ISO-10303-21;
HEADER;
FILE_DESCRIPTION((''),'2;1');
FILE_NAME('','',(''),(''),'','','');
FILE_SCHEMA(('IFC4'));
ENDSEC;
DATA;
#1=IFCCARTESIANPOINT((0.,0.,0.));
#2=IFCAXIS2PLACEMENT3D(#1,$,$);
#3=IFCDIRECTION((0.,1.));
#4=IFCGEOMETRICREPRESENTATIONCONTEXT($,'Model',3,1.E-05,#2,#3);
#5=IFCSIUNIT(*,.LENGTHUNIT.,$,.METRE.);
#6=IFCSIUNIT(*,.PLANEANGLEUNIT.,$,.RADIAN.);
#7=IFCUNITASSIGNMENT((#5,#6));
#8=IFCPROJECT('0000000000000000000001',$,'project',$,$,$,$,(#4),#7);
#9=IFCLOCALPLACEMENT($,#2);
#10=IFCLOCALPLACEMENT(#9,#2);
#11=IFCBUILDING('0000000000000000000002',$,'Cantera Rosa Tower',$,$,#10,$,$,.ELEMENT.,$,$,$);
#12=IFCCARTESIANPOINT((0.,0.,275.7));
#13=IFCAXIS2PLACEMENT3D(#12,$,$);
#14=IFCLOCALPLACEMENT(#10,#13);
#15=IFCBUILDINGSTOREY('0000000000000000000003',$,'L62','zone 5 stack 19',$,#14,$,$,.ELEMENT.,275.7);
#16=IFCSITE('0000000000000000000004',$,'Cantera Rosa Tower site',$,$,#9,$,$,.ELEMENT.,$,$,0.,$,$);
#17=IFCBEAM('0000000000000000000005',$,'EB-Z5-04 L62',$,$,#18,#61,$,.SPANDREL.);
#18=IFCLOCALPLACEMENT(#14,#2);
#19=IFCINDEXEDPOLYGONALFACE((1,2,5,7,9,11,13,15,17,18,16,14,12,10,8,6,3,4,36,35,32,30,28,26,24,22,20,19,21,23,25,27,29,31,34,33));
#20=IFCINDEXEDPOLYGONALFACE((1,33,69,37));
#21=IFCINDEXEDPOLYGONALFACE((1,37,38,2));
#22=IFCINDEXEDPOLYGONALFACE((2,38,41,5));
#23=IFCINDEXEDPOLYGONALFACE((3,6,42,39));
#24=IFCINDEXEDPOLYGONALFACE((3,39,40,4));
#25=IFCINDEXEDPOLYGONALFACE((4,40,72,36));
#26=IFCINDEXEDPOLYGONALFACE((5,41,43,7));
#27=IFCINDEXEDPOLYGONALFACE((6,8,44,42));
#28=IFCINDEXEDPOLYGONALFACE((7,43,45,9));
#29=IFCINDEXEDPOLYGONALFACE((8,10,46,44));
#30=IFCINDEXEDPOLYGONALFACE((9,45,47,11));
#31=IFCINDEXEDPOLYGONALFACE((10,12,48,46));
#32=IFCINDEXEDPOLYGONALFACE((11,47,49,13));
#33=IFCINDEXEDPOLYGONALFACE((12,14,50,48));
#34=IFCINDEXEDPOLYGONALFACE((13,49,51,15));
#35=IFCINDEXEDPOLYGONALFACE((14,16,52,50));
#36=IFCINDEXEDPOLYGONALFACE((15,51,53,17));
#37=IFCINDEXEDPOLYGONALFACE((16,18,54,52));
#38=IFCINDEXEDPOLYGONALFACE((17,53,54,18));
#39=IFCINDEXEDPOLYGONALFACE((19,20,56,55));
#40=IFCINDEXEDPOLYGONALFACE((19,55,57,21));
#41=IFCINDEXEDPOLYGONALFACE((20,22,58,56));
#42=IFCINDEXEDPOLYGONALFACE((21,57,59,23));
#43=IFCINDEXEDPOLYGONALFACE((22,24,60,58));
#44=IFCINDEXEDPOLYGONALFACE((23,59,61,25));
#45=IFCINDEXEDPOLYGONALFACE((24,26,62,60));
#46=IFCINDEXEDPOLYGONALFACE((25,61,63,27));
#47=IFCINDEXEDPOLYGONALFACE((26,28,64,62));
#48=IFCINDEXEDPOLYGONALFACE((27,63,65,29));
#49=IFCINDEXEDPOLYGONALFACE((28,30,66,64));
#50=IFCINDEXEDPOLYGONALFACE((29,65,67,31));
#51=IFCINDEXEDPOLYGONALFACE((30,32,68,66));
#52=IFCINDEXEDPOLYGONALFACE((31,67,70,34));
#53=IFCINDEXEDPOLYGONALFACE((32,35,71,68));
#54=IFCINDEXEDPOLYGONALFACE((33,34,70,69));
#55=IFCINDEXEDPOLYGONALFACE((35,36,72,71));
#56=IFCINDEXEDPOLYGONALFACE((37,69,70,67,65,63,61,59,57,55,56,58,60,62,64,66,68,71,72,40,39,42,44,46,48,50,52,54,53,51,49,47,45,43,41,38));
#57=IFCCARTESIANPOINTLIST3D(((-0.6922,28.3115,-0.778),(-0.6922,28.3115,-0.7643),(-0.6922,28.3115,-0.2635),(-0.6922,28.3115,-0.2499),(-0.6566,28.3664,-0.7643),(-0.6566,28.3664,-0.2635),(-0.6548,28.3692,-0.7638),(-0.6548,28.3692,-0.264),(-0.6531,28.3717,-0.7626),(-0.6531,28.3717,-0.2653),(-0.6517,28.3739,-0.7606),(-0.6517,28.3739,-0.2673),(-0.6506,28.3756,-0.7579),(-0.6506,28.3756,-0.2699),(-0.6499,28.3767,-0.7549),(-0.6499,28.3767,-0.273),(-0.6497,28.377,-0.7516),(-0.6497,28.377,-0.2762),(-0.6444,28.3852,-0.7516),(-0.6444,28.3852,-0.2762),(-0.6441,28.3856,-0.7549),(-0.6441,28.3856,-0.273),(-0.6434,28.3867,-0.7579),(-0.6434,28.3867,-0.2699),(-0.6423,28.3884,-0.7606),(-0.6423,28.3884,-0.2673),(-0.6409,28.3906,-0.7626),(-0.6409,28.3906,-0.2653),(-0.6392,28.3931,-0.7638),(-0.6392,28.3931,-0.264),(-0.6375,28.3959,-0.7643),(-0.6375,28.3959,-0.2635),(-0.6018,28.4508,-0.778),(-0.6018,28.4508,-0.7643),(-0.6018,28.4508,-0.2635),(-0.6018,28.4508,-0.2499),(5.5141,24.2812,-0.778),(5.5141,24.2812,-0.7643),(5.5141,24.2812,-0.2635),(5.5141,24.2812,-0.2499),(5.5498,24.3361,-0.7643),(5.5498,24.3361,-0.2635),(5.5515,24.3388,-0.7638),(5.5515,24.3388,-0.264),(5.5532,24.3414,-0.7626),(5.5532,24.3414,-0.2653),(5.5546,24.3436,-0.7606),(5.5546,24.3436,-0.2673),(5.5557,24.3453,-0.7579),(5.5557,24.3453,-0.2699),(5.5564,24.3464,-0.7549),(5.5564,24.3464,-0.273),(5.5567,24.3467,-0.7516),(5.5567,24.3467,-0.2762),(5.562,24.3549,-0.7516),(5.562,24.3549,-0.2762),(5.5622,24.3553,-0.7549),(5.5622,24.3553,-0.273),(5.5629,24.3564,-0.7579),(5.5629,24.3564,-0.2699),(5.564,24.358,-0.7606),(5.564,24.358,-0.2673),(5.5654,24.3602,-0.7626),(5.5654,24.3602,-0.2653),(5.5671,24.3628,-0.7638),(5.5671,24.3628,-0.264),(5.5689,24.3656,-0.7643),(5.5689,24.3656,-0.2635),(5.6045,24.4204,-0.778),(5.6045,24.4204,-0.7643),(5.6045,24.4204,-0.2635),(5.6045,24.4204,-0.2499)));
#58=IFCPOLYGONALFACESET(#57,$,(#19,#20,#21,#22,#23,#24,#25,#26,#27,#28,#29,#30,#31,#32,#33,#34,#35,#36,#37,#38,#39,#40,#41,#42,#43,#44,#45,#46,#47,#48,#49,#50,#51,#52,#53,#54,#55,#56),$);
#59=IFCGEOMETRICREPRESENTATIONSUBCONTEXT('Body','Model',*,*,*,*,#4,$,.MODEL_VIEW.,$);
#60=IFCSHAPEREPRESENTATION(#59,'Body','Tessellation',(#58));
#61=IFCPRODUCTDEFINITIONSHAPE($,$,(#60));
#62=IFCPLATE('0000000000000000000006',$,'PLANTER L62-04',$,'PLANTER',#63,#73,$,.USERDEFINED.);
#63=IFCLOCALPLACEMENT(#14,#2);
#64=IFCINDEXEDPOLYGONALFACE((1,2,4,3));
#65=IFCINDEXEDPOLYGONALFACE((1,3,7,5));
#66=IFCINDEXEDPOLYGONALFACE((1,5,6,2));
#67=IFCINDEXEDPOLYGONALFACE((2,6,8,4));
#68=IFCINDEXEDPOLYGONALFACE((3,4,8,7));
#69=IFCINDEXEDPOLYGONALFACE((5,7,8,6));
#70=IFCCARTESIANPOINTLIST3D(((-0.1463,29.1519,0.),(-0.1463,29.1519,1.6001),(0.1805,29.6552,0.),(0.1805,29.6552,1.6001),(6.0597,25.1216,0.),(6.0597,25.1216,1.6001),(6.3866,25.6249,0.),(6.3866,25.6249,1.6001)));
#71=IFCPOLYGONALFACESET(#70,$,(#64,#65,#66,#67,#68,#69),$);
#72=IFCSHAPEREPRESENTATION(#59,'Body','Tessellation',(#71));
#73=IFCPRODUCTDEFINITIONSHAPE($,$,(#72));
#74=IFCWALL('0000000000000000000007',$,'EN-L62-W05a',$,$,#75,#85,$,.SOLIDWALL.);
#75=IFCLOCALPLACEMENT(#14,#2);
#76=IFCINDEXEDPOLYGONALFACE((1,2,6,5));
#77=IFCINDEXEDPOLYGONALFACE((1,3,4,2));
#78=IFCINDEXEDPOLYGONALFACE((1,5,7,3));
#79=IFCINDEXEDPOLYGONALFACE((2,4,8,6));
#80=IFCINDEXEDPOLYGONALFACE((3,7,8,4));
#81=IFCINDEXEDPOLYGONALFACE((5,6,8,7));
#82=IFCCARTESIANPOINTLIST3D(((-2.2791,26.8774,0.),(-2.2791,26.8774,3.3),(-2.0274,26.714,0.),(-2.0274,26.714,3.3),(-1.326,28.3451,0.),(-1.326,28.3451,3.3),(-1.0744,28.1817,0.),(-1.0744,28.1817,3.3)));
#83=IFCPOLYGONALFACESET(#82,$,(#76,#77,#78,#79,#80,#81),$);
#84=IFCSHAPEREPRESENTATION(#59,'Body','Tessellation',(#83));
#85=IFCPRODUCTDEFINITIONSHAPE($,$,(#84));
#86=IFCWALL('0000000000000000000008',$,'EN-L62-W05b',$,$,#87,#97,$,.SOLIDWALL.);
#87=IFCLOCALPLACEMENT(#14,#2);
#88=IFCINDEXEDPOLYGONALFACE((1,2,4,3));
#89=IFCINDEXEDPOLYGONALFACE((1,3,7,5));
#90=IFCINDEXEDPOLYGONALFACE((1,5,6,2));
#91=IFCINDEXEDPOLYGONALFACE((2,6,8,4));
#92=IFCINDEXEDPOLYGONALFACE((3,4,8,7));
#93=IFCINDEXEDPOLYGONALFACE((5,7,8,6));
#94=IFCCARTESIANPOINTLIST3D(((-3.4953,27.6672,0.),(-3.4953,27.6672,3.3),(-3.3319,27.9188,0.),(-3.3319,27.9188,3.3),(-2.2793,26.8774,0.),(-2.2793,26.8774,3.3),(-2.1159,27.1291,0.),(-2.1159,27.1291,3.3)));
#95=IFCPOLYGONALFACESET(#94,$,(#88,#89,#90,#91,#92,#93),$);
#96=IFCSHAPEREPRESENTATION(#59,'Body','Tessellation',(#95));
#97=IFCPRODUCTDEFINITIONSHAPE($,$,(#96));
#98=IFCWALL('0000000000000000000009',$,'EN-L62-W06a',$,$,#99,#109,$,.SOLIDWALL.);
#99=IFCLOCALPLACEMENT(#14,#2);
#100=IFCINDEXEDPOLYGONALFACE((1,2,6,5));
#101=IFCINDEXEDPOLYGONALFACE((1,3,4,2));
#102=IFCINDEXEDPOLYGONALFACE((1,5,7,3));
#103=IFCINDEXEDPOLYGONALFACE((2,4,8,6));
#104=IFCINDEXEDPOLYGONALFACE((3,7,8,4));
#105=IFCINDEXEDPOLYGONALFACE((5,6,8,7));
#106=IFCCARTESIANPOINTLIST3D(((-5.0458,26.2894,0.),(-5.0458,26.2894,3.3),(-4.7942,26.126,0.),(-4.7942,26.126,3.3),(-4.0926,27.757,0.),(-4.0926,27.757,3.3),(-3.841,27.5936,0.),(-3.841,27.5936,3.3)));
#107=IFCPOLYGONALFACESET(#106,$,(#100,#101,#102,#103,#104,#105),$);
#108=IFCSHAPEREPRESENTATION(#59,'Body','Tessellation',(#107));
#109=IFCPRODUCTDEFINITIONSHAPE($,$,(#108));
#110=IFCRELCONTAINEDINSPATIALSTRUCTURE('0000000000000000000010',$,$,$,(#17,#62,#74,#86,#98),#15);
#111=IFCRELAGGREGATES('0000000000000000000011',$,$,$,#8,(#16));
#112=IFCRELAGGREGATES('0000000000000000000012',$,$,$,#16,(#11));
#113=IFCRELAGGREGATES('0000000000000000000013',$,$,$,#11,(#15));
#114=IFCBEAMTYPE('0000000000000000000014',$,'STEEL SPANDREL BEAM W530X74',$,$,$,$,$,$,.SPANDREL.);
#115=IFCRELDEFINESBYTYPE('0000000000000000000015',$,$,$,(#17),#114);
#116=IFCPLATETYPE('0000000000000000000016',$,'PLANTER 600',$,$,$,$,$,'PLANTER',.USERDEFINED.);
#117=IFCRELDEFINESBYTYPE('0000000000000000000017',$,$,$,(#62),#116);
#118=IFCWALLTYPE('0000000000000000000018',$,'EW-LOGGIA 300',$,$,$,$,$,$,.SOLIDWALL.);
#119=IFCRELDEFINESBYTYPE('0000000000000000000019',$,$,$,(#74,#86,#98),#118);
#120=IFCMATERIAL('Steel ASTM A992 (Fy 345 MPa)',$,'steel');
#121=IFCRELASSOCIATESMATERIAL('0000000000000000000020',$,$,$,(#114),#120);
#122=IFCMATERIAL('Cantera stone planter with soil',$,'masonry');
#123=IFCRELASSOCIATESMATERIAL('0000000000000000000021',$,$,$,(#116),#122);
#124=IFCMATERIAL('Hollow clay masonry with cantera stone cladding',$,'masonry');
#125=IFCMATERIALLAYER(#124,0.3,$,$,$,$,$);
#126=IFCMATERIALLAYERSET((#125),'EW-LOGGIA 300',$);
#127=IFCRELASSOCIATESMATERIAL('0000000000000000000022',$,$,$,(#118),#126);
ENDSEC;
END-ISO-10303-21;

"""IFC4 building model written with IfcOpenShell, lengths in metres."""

from ifc_helpers import new_model, si_unit, direction, frame, frame_2d, origin, origin_2d, place, context, subcontext, project, spatial, rectangle, i_section, extrude, material, layer, layer_set, material_profile, profile_set, type_object, element, save


model = new_model("IFC4")

# Units and contexts
model_context = context("Model", 3, precision=1e-05, world=origin(), true_north=direction((0.0, 1.0)))
body_context = subcontext(model_context, "Body", "Model", "MODEL_VIEW")
ifc_project = project(units=[si_unit("LENGTHUNIT", "METRE"), si_unit("PLANEANGLEUNIT", "RADIAN")], contexts=[model_context])

# Site, building, storey
site_placement = place(None, origin())
site = spatial("IfcSite", under=ifc_project, at=site_placement, Name="Cantera Rosa Tower site", CompositionType="ELEMENT", RefElevation=0.0)
building_placement = place(site_placement, origin())
building = spatial("IfcBuilding", under=site, at=building_placement, Name="Cantera Rosa Tower", CompositionType="ELEMENT")
storey_placement = place(building_placement, frame((0.0, 0.0, 275.7)))
storey = spatial("IfcBuildingStorey", under=building, at=storey_placement, Name="L62", Description="zone 5 stack 19", CompositionType="ELEMENT", Elevation=275.7)

# Beam
ifc_material_1 = material(Name="Steel ASTM A992 (Fy 345 MPa)", Category="steel")
ifc_material_profile_1 = material_profile(ifc_material_1, i_section(OverallWidth=0.166, OverallDepth=0.5281, WebThickness=0.0098, FlangeThickness=0.0137, FilletRadius=0.0127, at=origin_2d()), Name="W530X74")
ifc_profile_set_1 = profile_set([ifc_material_profile_1], Name="Steel ASTM A992 (Fy 345 MPa)")
beam_type_1 = type_object("IfcBeamType", Name="STEEL SPANDREL BEAM W530X74", PredefinedType="SPANDREL", material=ifc_profile_set_1)
beam_1_placement = place(storey_placement, frame((5.5593, 24.3508, -0.5139), z_axis=(-0.838679, 0.544625, 0.0), x_axis=(-0.544625, -0.838679, 0.0)))
element("IfcBeam", 1, at=beam_1_placement, inside=storey, type_object=beam_type_1, Name="EB-Z5-04 L62", PredefinedType="SPANDREL", context=body_context, shape_type="SweptSolid", body=[
    extrude(i_section(OverallWidth=0.166, OverallDepth=0.5281, WebThickness=0.0098, FlangeThickness=0.0137, FilletRadius=0.0127, at=origin_2d()), origin(), (0.0, 0.0, 1.0), 7.4001),
])

# Plate
ifc_material_2 = material(Name="Cantera stone planter with soil", Category="masonry")
plate_type = type_object("IfcPlateType", Name="PLANTER 600", ElementType="PLANTER", PredefinedType="USERDEFINED", material=ifc_material_2)
plate_placement = place(storey_placement, frame((3.1201, 27.3884, 0.0), z_axis=(0.0, 0.0, 1.0), x_axis=(-0.838671, 0.544639, 0.0)))
element("IfcPlate", 2, at=plate_placement, inside=storey, type_object=plate_type, Name="PLANTER L62-04", ObjectType="PLANTER", PredefinedType="USERDEFINED", context=body_context, shape_type="SweptSolid", body=[
    extrude(rectangle(XDim=7.3999, YDim=0.6001, at=origin_2d()), origin(), (0.0, 0.0, 1.0), 1.6001),
])

# Walls
ifc_material_3 = material(Name="Hollow clay masonry with cantera stone cladding", Category="masonry")
ifc_layer_1 = layer(ifc_material_3, 0.3)
ifc_layer_set_1 = layer_set([ifc_layer_1], Name="EW-LOGGIA 300")
wall_type_1 = type_object("IfcWallType", Name="EW-LOGGIA 300", PredefinedType="SOLIDWALL", material=ifc_layer_set_1)
wall_1_placement = place(storey_placement, frame((-1.2002, 28.2634, 0.0), z_axis=(0.0, 0.0, 1.0), x_axis=(-0.544616, -0.838686, 0.0)))
element("IfcWall", 3, at=wall_1_placement, inside=storey, type_object=wall_type_1, Name="EN-L62-W05a", PredefinedType="SOLIDWALL", context=body_context, shape_type="SweptSolid", body=[
    extrude(rectangle(XDim=1.75, YDim=0.3, at=frame_2d((0.875, 0.0))), origin(), (0.0, 0.0, 1.0), 3.3),
])
wall_2_placement = place(storey_placement, frame((-2.1975, 27.0032, 0.0), z_axis=(0.0, 0.0, 1.0), x_axis=(-0.838647, 0.544675, 0.0)))
element("IfcWall", 4, at=wall_2_placement, inside=storey, type_object=wall_type_1, Name="EN-L62-W05b", PredefinedType="SOLIDWALL", context=body_context, shape_type="SweptSolid", body=[
    extrude(rectangle(XDim=1.45, YDim=0.3, at=frame_2d((0.7251, 0.0))), origin(), (0.0, 0.0, 1.0), 3.3),
])
wall_3_placement = place(storey_placement, frame((-3.9668, 27.6753, 0.0), z_axis=(0.0, 0.0, 1.0), x_axis=(-0.544679, -0.838644, 0.0)))
element("IfcWall", 5, at=wall_3_placement, inside=storey, type_object=wall_type_1, Name="EN-L62-W06a", PredefinedType="SOLIDWALL", context=body_context, shape_type="SweptSolid", body=[
    extrude(rectangle(XDim=1.75, YDim=0.3, at=frame_2d((0.875, 0.0))), origin(), (0.0, 0.0, 1.0), 3.3),
])

save(model, "model.ifc")
